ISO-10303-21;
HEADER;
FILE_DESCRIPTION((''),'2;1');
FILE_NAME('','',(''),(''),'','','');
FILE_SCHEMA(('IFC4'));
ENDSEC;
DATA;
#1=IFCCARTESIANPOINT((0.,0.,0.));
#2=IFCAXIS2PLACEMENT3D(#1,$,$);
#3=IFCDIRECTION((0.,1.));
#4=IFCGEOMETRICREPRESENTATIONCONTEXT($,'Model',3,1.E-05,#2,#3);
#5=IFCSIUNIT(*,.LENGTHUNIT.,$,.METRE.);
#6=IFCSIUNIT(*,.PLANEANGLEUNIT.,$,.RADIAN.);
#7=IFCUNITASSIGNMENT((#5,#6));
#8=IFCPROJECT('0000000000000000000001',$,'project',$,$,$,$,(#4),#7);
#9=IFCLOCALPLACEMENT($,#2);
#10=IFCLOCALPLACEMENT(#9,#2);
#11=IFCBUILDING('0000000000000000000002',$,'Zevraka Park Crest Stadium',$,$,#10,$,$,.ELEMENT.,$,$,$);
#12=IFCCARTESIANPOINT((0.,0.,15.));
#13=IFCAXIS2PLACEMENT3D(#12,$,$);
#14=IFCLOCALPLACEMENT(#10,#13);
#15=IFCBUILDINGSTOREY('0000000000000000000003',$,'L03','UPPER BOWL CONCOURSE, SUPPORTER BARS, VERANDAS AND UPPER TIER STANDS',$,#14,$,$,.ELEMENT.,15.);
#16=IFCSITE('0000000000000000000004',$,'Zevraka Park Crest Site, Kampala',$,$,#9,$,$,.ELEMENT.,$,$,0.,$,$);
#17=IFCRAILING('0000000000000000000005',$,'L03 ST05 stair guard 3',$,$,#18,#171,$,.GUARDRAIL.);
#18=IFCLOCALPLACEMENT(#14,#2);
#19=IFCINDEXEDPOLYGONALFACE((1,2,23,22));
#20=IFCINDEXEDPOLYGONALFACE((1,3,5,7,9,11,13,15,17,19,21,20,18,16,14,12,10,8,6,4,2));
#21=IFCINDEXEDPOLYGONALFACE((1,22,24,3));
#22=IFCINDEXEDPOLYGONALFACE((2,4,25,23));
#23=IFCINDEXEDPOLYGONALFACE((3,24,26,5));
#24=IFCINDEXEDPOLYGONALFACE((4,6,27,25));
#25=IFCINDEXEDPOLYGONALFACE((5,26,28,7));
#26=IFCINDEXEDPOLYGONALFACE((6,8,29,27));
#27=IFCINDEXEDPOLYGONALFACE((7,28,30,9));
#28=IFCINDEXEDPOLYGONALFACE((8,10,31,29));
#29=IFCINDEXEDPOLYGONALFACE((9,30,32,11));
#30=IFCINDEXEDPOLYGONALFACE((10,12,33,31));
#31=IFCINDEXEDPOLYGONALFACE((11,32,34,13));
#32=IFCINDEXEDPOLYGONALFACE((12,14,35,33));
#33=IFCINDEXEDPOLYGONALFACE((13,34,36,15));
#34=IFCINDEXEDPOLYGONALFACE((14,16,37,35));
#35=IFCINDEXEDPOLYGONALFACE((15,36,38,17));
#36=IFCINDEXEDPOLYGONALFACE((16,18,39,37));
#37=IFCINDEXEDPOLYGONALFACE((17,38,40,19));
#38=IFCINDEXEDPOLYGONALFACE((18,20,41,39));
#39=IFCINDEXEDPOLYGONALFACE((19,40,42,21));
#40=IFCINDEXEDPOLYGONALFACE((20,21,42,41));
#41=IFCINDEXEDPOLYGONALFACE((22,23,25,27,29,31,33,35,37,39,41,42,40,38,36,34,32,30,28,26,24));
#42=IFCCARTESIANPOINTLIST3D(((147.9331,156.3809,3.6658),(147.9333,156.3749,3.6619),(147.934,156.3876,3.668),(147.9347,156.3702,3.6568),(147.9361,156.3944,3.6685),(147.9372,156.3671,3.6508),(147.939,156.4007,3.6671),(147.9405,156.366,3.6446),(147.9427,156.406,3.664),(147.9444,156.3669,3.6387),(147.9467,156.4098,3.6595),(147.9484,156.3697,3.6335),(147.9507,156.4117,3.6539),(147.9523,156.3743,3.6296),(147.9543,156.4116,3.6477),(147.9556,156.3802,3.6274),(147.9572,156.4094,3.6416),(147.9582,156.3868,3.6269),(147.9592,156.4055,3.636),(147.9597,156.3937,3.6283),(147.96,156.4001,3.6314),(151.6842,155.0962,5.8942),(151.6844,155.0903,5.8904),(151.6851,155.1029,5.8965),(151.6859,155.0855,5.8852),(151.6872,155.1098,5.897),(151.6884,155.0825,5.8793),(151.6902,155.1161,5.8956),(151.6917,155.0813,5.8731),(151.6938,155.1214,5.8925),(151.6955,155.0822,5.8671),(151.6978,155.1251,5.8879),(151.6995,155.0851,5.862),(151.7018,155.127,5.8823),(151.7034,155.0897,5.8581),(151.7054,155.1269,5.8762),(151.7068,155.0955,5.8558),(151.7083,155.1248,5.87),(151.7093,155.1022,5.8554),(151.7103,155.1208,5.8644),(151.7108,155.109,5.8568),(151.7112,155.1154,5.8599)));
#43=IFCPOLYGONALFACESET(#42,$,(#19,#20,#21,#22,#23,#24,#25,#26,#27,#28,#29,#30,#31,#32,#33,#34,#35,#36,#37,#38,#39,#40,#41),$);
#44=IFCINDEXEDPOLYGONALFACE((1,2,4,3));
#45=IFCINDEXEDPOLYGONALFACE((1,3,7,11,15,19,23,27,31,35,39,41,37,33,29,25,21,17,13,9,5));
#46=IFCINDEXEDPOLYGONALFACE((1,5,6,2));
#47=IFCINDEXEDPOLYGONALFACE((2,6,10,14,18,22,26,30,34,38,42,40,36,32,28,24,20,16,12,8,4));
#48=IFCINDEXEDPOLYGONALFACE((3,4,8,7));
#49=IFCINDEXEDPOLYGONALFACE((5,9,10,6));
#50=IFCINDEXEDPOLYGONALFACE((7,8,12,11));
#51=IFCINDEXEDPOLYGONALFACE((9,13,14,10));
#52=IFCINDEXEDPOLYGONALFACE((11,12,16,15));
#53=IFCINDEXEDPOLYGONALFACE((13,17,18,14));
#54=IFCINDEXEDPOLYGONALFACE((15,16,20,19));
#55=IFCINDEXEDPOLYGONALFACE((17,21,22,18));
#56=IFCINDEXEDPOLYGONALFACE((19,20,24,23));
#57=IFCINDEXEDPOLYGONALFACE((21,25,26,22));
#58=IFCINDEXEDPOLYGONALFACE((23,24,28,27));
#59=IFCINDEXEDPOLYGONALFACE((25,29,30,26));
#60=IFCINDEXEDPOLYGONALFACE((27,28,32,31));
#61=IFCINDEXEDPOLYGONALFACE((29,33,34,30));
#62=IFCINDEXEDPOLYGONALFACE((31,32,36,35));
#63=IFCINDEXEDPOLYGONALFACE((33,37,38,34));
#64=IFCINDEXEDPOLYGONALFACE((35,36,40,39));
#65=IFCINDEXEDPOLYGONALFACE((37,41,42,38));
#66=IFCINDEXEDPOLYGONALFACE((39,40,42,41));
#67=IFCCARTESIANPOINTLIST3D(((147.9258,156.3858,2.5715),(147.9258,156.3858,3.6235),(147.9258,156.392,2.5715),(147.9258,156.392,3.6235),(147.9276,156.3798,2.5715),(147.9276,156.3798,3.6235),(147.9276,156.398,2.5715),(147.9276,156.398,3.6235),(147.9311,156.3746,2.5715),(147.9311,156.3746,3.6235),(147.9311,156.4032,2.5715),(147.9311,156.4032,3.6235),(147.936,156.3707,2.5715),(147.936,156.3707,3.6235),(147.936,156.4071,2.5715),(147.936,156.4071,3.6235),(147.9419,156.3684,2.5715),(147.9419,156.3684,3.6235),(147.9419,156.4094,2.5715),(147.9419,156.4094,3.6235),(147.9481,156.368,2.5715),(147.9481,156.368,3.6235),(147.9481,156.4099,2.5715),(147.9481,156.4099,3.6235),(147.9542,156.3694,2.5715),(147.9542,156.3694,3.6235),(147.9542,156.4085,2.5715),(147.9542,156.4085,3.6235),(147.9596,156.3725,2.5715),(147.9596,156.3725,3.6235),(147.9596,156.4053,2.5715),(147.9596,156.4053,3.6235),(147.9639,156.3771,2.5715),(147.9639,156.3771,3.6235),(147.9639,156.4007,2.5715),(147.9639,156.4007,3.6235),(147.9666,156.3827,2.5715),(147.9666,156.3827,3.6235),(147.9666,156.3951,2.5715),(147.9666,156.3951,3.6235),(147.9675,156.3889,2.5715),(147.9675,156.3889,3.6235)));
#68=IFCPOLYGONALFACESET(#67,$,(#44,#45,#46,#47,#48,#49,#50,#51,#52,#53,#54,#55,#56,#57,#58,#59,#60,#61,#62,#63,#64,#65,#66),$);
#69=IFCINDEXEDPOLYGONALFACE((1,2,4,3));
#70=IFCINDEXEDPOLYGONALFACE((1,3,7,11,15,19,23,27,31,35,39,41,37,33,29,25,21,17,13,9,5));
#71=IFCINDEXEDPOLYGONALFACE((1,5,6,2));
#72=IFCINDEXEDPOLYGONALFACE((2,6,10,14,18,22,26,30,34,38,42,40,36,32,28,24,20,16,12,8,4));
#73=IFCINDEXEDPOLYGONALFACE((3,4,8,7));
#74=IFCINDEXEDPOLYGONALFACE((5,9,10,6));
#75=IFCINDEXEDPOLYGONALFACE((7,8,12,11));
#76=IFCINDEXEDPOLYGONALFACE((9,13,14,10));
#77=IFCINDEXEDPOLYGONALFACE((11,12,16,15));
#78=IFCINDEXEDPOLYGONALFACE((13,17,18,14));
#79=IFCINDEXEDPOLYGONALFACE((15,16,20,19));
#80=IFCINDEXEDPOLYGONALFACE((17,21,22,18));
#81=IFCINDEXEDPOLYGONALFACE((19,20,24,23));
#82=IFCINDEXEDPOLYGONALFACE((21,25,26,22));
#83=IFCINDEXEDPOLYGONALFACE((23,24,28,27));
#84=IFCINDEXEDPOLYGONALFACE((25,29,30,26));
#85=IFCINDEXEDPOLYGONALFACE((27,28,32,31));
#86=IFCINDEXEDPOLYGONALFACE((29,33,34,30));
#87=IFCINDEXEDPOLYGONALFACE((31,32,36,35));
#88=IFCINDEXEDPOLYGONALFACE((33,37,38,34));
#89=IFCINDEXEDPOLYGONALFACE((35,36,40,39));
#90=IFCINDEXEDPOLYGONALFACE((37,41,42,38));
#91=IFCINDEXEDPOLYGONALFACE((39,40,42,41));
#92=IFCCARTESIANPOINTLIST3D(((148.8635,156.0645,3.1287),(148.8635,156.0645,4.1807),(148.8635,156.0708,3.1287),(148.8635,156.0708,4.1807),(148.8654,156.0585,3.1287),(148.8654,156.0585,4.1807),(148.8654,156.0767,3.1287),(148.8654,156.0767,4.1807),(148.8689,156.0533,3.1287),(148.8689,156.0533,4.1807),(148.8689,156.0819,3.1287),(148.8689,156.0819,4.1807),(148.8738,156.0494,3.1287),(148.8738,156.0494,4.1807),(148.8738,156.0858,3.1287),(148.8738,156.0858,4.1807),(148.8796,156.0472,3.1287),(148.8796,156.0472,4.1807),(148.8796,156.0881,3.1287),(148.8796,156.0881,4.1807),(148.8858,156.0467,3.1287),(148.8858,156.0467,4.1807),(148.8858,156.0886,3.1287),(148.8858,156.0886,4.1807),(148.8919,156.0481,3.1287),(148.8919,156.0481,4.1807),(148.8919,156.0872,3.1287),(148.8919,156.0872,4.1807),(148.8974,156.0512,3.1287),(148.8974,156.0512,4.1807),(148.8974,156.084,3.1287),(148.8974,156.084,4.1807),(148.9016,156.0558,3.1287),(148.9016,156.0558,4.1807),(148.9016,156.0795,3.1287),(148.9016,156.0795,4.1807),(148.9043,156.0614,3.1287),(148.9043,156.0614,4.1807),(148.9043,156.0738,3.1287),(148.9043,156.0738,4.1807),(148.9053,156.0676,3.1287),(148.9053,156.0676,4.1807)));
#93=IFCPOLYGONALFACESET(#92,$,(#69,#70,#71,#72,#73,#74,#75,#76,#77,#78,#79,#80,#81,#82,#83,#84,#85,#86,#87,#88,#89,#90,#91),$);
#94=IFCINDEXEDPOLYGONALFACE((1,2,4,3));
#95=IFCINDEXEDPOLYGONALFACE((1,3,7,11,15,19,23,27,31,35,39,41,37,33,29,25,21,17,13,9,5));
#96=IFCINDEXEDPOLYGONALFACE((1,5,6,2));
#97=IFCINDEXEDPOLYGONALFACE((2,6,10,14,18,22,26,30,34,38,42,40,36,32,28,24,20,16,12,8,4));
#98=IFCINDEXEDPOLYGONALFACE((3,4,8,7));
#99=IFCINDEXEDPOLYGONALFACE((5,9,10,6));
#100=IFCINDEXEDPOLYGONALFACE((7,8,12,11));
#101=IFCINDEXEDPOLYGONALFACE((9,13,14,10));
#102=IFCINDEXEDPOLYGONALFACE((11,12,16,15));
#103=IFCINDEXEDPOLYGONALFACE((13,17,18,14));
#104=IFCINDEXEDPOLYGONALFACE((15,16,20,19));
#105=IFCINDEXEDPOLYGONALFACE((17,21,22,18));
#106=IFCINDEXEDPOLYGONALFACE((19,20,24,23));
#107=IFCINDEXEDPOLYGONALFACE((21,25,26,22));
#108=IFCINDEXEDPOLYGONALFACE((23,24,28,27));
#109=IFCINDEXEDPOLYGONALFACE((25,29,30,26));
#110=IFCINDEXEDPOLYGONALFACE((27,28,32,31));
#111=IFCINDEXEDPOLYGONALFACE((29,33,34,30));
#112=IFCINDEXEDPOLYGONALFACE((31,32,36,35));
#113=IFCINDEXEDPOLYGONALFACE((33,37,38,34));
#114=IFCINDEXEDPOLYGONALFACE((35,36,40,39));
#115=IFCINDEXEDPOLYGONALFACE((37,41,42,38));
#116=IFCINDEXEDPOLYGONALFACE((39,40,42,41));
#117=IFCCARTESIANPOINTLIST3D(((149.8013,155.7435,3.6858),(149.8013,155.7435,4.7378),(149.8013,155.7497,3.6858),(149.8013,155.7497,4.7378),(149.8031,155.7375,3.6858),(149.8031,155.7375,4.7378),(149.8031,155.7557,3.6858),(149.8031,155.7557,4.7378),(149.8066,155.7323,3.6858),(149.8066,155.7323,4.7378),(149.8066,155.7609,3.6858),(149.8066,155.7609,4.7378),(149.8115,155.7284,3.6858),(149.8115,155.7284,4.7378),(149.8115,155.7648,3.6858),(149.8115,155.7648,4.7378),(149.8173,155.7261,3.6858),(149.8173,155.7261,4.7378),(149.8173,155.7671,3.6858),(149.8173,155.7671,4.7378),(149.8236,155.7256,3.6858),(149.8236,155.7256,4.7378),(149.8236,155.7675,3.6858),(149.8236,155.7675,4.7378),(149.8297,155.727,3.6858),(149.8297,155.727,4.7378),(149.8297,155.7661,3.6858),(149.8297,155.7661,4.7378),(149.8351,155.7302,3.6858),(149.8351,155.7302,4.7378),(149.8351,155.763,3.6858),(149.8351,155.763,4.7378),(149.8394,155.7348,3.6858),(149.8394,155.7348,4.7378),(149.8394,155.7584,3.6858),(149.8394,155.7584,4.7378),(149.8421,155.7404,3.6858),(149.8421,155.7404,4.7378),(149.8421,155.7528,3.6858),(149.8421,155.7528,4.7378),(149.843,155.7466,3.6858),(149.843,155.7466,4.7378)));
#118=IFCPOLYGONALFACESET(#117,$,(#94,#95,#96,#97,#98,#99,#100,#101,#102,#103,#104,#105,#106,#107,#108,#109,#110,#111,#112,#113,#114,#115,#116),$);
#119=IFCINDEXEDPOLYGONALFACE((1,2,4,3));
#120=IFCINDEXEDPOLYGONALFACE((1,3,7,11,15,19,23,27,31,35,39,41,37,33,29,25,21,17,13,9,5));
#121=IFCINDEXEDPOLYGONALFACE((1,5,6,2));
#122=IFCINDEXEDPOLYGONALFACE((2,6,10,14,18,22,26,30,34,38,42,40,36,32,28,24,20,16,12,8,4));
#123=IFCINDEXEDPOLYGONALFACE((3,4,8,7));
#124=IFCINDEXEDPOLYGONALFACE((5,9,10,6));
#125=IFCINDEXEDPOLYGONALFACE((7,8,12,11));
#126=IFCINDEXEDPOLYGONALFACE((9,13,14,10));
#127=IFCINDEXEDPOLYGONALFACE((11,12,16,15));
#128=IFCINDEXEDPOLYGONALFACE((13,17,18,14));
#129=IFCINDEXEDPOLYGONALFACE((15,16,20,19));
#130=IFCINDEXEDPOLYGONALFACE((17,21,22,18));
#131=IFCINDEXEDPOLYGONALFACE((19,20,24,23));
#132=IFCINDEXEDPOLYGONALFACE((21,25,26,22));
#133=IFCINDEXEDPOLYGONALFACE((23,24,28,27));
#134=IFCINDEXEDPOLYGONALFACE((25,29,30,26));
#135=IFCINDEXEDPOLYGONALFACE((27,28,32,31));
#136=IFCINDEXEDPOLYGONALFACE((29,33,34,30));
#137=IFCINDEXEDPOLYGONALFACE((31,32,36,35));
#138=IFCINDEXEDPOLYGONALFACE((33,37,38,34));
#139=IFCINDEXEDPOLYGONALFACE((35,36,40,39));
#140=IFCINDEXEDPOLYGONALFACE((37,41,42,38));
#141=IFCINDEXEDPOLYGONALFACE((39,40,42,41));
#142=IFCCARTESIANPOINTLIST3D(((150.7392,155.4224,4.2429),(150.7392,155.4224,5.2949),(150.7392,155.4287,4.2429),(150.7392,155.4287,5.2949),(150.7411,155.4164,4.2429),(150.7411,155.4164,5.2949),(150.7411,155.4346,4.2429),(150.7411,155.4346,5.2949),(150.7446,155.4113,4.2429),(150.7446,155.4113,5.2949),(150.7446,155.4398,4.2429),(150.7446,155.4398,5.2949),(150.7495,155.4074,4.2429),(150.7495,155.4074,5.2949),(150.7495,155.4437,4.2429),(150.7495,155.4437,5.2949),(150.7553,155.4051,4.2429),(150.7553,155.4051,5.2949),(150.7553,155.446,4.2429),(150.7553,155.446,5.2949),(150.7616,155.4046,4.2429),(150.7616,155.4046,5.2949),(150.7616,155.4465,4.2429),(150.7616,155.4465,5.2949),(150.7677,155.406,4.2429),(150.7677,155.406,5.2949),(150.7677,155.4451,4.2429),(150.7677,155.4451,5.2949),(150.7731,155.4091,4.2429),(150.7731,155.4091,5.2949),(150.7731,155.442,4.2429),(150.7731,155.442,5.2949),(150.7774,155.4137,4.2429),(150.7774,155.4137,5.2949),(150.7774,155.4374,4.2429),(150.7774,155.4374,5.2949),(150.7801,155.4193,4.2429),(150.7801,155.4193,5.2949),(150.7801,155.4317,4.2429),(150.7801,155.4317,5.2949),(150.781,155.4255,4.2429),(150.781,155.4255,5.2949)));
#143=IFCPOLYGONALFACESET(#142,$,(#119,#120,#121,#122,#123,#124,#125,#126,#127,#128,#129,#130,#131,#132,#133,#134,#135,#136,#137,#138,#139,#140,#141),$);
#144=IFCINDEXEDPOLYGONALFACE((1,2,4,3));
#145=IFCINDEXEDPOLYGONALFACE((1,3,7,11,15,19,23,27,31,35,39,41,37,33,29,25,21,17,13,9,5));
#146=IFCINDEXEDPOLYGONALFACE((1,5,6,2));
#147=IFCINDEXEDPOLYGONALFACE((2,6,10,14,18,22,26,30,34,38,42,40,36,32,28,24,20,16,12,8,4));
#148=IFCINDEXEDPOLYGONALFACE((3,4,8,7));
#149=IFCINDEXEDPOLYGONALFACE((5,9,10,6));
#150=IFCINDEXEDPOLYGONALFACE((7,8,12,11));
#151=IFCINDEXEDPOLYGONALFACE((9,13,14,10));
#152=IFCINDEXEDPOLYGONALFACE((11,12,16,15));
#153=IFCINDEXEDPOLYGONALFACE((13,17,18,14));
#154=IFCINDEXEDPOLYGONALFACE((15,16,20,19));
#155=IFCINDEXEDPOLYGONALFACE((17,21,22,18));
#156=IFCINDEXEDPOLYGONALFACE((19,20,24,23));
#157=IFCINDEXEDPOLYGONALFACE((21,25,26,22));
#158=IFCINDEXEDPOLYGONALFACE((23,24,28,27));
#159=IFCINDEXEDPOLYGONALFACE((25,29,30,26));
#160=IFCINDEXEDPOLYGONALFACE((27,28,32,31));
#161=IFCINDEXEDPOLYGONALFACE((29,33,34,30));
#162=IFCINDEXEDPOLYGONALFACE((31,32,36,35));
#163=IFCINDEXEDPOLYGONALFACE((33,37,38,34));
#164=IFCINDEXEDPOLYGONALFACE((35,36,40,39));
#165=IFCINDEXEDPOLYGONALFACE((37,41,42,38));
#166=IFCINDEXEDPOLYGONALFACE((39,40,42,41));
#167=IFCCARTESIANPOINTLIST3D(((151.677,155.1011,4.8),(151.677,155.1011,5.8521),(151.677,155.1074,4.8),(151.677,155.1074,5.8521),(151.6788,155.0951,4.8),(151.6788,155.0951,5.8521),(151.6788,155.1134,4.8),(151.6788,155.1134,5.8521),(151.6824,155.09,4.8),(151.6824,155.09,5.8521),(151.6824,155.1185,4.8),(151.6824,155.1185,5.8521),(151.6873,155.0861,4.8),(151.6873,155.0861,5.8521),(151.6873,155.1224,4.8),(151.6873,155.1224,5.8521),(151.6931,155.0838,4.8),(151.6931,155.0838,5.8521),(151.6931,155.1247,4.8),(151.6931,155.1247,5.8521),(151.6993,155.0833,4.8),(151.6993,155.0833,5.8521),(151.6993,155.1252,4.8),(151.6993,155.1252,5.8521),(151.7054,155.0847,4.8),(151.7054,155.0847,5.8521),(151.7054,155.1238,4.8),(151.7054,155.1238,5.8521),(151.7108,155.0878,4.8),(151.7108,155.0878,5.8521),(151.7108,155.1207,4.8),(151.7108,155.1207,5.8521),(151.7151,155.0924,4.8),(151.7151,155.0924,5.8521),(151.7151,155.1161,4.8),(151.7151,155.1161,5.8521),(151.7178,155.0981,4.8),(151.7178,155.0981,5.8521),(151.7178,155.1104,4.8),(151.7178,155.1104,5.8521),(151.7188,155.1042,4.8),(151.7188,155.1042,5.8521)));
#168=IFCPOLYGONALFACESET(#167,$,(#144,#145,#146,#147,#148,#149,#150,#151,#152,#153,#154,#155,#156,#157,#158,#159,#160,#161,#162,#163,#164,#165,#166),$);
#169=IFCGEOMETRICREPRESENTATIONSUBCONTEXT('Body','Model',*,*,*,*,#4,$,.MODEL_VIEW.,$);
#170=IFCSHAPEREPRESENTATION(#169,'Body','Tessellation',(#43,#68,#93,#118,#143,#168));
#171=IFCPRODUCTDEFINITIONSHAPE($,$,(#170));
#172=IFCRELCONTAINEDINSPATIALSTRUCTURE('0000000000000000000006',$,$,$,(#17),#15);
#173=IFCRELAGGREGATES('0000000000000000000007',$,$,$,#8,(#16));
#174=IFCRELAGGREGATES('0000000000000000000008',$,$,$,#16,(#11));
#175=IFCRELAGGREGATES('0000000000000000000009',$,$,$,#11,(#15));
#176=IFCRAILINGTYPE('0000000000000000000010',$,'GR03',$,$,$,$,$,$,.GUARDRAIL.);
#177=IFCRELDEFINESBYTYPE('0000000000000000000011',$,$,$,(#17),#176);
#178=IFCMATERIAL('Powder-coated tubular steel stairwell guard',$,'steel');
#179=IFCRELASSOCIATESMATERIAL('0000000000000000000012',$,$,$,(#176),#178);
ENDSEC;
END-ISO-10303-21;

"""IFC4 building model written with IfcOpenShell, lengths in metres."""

from ifc_helpers import new_model, si_unit, direction, frame, origin, origin_2d, place, context, subcontext, project, spatial, circle, extrude, material, type_object, element, save


model = new_model("IFC4")

# Units and contexts
model_context = context("Model", 3, precision=1e-05, world=origin(), true_north=direction((0.0, 1.0)))
body_context = subcontext(model_context, "Body", "Model", "MODEL_VIEW")
ifc_project = project(units=[si_unit("LENGTHUNIT", "METRE"), si_unit("PLANEANGLEUNIT", "RADIAN")], contexts=[model_context])

# Site, building, storey
site_placement = place(None, origin())
site = spatial("IfcSite", under=ifc_project, at=site_placement, Name="Zevraka Park Crest Site, Kampala", CompositionType="ELEMENT", RefElevation=0.0)
building_placement = place(site_placement, origin())
building = spatial("IfcBuilding", under=site, at=building_placement, Name="Zevraka Park Crest Stadium", CompositionType="ELEMENT")
storey_placement = place(building_placement, frame((0.0, 0.0, 15.0)))
storey = spatial("IfcBuildingStorey", under=building, at=storey_placement, Name="L03", Description="UPPER BOWL CONCOURSE, SUPPORTER BARS, VERANDAS AND UPPER TIER STANDS", CompositionType="ELEMENT", Elevation=15.0)

# Railing
ifc_material_1 = material(Name="Powder-coated tubular steel stairwell guard", Category="steel")
railing_type_1 = type_object("IfcRailingType", Name="GR03", PredefinedType="GUARDRAIL", material=ifc_material_1)
railing_1_placement = place(storey_placement, frame((147.9465, 156.3889, 2.5715)))
element("IfcRailing", 1, at=railing_1_placement, inside=storey, type_object=railing_type_1, Name="L03 ST05 stair guard 3", PredefinedType="GUARDRAIL", context=body_context, shape_type="SweptSolid", body=[
    extrude(circle(Radius=0.0239, at=origin_2d()), frame((0.0, 0.0, 1.0762), z_axis=(0.824727, -0.282441, 0.489952), x_axis=(0.323994, 0.946059, 0.0)), (0.0, 0.0, 1.0), 4.5483),
    extrude(circle(Radius=0.021, at=origin_2d()), origin(), (0.0, 0.0, 1.0), 1.052),
    extrude(circle(Radius=0.021, at=origin_2d()), frame((0.9377, -0.3213, 0.5571)), (0.0, 0.0, 1.0), 1.052),
    extrude(circle(Radius=0.021, at=origin_2d()), frame((1.8755, -0.6423, 1.1143)), (0.0, 0.0, 1.0), 1.052),
    extrude(circle(Radius=0.021, at=origin_2d()), frame((2.8135, -0.9634, 1.6714)), (0.0, 0.0, 1.0), 1.052),
    extrude(circle(Radius=0.021, at=origin_2d()), frame((3.7512, -1.2847, 2.2285)), (0.0, 0.0, 1.0), 1.052),
])

save(model, "model.ifc")
